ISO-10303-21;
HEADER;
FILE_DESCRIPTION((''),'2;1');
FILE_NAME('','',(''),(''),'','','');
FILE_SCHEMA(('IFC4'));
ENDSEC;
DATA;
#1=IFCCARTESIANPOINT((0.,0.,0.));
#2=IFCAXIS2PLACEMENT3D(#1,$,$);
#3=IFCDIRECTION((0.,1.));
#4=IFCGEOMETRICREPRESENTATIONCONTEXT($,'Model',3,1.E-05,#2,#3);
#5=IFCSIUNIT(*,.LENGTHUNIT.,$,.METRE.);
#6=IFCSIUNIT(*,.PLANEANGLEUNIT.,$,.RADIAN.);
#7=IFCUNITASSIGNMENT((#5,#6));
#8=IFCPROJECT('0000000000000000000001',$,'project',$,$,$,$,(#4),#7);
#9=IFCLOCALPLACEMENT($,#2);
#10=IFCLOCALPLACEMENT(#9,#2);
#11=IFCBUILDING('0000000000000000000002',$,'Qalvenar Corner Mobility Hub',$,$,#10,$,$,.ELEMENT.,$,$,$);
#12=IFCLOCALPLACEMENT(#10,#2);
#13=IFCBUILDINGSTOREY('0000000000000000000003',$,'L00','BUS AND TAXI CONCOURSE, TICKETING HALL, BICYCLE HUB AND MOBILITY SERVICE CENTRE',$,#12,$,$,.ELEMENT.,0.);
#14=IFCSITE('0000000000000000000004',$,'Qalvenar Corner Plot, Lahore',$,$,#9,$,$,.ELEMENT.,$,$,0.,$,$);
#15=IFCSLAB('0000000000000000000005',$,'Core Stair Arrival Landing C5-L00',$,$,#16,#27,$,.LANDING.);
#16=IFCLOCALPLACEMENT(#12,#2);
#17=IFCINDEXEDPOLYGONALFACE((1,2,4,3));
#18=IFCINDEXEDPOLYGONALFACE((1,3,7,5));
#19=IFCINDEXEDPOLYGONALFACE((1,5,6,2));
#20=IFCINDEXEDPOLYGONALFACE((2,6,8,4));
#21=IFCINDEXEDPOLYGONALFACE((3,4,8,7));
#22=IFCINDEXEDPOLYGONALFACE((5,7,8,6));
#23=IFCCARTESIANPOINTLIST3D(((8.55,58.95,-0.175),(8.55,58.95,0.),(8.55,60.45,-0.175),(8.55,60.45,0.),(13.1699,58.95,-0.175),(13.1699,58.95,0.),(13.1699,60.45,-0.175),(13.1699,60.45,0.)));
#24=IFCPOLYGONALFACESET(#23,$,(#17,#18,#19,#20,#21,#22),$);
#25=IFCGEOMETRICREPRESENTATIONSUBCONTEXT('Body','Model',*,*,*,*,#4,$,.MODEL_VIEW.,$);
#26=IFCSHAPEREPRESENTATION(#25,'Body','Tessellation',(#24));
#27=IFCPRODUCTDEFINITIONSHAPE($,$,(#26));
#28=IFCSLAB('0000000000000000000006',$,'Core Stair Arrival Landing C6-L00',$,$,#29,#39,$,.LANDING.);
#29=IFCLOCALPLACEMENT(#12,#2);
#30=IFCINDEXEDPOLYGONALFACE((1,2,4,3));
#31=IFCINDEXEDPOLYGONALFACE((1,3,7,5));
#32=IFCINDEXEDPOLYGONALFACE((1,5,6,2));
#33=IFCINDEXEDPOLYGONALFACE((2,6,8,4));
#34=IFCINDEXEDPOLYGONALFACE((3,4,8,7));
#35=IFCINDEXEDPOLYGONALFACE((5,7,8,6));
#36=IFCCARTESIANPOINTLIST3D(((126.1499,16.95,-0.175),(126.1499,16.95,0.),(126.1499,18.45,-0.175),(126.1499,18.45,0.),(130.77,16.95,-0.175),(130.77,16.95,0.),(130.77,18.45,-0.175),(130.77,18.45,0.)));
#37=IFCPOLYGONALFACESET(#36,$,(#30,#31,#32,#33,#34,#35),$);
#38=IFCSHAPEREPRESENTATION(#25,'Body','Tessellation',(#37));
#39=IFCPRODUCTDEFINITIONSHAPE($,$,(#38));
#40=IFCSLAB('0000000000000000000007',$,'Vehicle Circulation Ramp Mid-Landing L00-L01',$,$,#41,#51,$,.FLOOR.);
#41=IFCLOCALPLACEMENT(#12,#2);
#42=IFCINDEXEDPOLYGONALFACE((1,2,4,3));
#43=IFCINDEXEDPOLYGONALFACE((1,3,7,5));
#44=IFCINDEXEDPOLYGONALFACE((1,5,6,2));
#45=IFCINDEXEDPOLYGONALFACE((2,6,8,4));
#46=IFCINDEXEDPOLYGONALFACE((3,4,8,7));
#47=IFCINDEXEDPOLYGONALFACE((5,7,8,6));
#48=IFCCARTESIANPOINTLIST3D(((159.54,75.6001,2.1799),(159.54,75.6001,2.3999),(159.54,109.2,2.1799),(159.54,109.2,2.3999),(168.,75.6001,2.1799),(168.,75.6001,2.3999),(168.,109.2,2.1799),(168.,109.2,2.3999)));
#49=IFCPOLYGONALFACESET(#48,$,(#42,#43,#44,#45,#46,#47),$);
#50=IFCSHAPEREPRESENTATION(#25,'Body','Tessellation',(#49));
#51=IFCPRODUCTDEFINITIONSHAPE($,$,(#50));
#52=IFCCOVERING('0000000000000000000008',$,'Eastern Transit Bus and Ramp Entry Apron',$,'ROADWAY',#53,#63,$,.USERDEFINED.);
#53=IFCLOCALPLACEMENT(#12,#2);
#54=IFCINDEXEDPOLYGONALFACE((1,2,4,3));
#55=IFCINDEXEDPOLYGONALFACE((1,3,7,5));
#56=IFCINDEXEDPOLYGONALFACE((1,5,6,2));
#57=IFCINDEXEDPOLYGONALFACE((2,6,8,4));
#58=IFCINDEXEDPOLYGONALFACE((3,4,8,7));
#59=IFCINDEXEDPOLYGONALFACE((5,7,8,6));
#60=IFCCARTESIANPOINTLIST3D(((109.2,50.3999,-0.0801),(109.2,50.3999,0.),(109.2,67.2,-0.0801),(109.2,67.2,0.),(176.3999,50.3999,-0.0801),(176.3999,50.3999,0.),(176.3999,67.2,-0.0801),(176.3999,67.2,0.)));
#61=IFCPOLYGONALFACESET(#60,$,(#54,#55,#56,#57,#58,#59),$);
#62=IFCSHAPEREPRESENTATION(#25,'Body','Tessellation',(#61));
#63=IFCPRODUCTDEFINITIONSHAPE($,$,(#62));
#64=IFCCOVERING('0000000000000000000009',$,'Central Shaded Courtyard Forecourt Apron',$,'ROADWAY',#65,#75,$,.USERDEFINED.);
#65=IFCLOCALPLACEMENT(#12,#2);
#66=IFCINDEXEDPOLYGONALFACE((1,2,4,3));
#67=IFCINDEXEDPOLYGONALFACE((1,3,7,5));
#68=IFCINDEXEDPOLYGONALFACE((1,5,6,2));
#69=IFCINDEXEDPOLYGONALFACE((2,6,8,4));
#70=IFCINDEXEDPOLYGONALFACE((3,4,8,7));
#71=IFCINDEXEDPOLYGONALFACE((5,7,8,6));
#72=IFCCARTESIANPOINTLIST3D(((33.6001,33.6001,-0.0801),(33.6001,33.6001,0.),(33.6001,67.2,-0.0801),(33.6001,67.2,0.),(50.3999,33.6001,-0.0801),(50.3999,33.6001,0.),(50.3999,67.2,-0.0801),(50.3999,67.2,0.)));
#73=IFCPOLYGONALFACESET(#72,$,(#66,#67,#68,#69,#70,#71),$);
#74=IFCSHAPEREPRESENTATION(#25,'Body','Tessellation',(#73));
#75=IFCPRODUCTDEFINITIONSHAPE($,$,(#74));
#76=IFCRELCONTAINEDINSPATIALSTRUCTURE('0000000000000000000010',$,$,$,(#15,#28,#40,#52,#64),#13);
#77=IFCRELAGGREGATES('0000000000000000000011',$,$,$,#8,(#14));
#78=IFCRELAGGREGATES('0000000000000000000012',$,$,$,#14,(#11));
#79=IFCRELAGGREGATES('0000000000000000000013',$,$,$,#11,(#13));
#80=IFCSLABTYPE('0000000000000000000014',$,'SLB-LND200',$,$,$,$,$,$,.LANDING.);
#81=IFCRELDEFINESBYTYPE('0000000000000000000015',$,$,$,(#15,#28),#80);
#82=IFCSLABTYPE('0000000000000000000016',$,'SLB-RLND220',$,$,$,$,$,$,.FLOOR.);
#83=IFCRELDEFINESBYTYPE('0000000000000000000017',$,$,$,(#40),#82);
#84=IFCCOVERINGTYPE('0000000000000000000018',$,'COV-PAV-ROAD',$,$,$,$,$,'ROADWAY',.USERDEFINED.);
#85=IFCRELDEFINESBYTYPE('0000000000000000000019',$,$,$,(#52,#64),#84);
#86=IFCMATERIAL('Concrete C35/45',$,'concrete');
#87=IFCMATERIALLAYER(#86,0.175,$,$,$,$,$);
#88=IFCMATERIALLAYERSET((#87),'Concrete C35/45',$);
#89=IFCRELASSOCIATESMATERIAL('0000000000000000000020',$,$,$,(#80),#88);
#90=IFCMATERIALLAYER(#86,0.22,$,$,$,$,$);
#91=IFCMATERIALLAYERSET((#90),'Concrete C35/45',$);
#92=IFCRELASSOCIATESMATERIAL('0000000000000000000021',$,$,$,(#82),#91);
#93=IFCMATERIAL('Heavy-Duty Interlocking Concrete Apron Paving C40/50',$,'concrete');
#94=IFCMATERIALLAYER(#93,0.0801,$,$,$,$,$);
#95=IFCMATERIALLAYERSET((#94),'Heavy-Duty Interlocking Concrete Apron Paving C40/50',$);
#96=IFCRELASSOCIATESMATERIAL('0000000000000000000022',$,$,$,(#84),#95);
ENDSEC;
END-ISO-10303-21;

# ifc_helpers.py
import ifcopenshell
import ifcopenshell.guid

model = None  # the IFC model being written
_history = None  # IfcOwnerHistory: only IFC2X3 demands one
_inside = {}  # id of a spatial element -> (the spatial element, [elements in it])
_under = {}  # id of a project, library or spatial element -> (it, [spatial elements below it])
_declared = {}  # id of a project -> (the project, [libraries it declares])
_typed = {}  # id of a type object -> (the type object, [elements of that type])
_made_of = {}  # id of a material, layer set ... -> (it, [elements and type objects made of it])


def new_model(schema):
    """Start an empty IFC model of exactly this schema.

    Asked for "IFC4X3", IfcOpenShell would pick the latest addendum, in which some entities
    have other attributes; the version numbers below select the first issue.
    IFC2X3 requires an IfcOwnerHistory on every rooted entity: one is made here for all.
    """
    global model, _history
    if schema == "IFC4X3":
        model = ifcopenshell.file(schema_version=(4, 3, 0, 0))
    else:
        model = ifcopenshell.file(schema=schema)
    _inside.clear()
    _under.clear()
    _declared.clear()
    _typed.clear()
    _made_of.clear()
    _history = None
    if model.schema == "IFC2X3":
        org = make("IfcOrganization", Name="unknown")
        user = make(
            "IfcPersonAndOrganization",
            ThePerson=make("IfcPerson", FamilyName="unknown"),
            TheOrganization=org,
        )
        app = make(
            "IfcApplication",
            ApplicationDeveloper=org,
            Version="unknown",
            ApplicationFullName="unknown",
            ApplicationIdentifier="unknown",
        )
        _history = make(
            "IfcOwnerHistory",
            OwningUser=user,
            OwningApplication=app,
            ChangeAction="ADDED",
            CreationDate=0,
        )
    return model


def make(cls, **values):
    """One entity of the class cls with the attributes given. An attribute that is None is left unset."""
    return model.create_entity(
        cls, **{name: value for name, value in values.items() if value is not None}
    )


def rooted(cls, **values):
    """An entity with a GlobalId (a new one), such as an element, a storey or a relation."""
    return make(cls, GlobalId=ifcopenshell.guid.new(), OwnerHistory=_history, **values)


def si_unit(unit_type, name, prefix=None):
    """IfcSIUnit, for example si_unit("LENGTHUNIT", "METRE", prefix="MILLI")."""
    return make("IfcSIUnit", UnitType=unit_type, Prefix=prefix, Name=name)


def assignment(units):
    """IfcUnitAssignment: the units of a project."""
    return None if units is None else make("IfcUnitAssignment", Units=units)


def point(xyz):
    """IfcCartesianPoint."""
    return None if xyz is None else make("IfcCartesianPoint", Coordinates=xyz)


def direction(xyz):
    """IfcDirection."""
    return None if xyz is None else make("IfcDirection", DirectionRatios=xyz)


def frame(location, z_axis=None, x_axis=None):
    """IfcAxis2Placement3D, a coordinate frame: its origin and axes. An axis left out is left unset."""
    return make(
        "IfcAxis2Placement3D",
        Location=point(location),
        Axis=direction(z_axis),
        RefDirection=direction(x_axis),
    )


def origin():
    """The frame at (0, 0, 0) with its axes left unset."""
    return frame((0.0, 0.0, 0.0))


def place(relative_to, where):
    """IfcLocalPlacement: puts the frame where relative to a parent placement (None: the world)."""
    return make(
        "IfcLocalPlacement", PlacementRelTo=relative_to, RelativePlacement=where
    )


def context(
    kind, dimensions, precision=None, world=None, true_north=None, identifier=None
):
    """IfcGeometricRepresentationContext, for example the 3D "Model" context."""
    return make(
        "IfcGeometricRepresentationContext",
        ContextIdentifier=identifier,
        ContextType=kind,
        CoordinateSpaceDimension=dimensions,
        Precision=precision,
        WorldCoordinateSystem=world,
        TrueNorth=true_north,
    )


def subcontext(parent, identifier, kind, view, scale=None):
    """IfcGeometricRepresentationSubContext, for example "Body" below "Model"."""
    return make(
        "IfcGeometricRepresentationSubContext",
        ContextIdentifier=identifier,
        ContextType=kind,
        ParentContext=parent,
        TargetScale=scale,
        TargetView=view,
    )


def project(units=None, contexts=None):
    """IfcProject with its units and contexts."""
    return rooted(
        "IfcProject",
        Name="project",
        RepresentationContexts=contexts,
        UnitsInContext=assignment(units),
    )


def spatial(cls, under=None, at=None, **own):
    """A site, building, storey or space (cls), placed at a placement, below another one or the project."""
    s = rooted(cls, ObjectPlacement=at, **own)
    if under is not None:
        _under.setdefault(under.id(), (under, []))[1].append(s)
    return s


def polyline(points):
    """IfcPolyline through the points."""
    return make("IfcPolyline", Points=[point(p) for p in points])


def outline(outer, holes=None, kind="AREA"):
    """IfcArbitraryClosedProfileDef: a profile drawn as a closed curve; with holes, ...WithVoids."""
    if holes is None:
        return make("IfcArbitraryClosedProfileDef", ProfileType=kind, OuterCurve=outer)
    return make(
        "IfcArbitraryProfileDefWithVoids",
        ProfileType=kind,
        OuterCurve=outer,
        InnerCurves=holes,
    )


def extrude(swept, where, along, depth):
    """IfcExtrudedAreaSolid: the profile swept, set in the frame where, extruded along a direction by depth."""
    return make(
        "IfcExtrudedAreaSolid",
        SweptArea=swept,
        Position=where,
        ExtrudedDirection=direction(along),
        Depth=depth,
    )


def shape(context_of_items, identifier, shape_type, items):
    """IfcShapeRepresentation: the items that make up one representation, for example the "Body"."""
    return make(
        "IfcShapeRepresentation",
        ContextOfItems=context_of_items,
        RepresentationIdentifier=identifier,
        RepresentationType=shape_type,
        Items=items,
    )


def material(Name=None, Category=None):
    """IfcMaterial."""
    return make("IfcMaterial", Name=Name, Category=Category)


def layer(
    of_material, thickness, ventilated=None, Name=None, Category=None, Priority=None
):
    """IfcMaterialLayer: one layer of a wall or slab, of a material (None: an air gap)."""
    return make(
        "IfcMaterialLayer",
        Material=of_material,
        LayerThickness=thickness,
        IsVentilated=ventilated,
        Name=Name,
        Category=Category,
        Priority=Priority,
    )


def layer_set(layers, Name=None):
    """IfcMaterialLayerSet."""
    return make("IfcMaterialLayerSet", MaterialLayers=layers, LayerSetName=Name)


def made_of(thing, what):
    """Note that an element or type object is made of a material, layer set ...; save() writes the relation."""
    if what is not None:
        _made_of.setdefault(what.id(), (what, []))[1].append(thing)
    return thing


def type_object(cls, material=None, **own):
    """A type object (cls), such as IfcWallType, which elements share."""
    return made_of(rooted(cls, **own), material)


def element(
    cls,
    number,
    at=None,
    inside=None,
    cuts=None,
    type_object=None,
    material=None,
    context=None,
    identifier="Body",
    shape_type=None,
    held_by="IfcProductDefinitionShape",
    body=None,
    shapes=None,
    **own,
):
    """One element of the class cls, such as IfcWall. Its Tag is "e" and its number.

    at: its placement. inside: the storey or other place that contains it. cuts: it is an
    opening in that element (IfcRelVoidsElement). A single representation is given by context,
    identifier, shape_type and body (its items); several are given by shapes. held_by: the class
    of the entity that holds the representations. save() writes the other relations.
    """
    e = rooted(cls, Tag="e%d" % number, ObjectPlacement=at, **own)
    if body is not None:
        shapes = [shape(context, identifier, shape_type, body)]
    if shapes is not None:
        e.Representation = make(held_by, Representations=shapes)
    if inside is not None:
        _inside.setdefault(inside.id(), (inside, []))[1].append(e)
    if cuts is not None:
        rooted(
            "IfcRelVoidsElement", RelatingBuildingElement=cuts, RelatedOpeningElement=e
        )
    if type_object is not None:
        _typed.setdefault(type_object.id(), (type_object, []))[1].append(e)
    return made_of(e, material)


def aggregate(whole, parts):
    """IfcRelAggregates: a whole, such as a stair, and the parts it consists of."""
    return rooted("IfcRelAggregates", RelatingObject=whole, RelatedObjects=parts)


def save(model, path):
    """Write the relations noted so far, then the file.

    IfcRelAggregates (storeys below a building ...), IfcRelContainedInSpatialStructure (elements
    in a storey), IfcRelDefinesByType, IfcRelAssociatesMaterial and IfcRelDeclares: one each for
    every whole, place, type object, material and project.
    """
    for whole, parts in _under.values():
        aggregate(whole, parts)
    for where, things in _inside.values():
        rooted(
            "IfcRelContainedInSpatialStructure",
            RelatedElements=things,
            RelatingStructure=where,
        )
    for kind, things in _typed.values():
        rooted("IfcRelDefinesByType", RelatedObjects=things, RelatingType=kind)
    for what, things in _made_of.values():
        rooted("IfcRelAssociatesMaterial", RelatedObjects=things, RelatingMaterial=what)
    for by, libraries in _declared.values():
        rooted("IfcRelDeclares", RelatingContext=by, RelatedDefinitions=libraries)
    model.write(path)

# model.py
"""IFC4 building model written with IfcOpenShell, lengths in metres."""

from ifc_helpers import new_model, si_unit, direction, frame, origin, place, context, subcontext, project, spatial, polyline, outline, extrude, material, layer, layer_set, type_object, element, save


model = new_model("IFC4")

# Units and contexts
model_context = context("Model", 3, precision=1e-05, world=origin(), true_north=direction((0.0, 1.0)))
body_context = subcontext(model_context, "Body", "Model", "MODEL_VIEW")
ifc_project = project(units=[si_unit("LENGTHUNIT", "METRE"), si_unit("PLANEANGLEUNIT", "RADIAN")], contexts=[model_context])

# Site, building, storey
site_placement = place(None, origin())
site = spatial("IfcSite", under=ifc_project, at=site_placement, Name="Qalvenar Corner Plot, Lahore", CompositionType="ELEMENT", RefElevation=0.0)
building_placement = place(site_placement, origin())
building = spatial("IfcBuilding", under=site, at=building_placement, Name="Qalvenar Corner Mobility Hub", CompositionType="ELEMENT")
storey_placement = place(building_placement, origin())
storey = spatial("IfcBuildingStorey", under=building, at=storey_placement, Name="L00", Description="BUS AND TAXI CONCOURSE, TICKETING HALL, BICYCLE HUB AND MOBILITY SERVICE CENTRE", CompositionType="ELEMENT", Elevation=0.0)

# Shared definitions
ifc_material_1 = material(Name="Concrete C35/45", Category="concrete")

# Slabs
ifc_layer_1 = layer(ifc_material_1, 0.175)
ifc_layer_set_1 = layer_set([ifc_layer_1], Name="Concrete C35/45")
slab_type_1 = type_object("IfcSlabType", Name="SLB-LND200", PredefinedType="LANDING", material=ifc_layer_set_1)
slab_1_placement = place(storey_placement, frame((0.0, 0.0, -0.175)))
element("IfcSlab", 1, at=slab_1_placement, inside=storey, type_object=slab_type_1, Name="Core Stair Arrival Landing C5-L00", PredefinedType="LANDING", context=body_context, shape_type="SweptSolid", body=[
    extrude(outline(polyline([(8.55, 58.95), (13.1699, 58.95), (13.1699, 60.45), (8.55, 60.45), (8.55, 58.95)])), origin(), (0.0, 0.0, 1.0), 0.175),
])
slab_2_placement = place(storey_placement, frame((0.0, 0.0, -0.175)))
element("IfcSlab", 2, at=slab_2_placement, inside=storey, type_object=slab_type_1, Name="Core Stair Arrival Landing C6-L00", PredefinedType="LANDING", context=body_context, shape_type="SweptSolid", body=[
    extrude(outline(polyline([(126.1499, 16.95), (130.77, 16.95), (130.77, 18.45), (126.1499, 18.45), (126.1499, 16.95)])), origin(), (0.0, 0.0, 1.0), 0.175),
])
ifc_layer_2 = layer(ifc_material_1, 0.22)
ifc_layer_set_2 = layer_set([ifc_layer_2], Name="Concrete C35/45")
slab_type_2 = type_object("IfcSlabType", Name="SLB-RLND220", PredefinedType="FLOOR", material=ifc_layer_set_2)
slab_3_placement = place(storey_placement, frame((0.0, 0.0, 2.1799)))
element("IfcSlab", 3, at=slab_3_placement, inside=storey, type_object=slab_type_2, Name="Vehicle Circulation Ramp Mid-Landing L00-L01", PredefinedType="FLOOR", context=body_context, shape_type="SweptSolid", body=[
    extrude(outline(polyline([(159.54, 75.6001), (168.0, 75.6001), (168.0, 109.2), (159.54, 109.2), (159.54, 75.6001)])), origin(), (0.0, 0.0, 1.0), 0.22),
])

# Coverings
ifc_material_2 = material(Name="Heavy-Duty Interlocking Concrete Apron Paving C40/50", Category="concrete")
ifc_layer_3 = layer(ifc_material_2, 0.0801)
ifc_layer_set_3 = layer_set([ifc_layer_3], Name="Heavy-Duty Interlocking Concrete Apron Paving C40/50")
covering_type = type_object("IfcCoveringType", Name="COV-PAV-ROAD", ElementType="ROADWAY", PredefinedType="USERDEFINED", material=ifc_layer_set_3)
covering_1_placement = place(storey_placement, frame((0.0, 0.0, -0.0801)))
element("IfcCovering", 4, at=covering_1_placement, inside=storey, type_object=covering_type, Name="Eastern Transit Bus and Ramp Entry Apron", ObjectType="ROADWAY", PredefinedType="USERDEFINED", context=body_context, shape_type="SweptSolid", body=[
    extrude(outline(polyline([(109.2, 50.3999), (176.3999, 50.3999), (176.3999, 67.2), (109.2, 67.2), (109.2, 50.3999)])), origin(), (0.0, 0.0, 1.0), 0.0801),
])
covering_2_placement = place(storey_placement, frame((0.0, 0.0, -0.0801)))
element("IfcCovering", 5, at=covering_2_placement, inside=storey, type_object=covering_type, Name="Central Shaded Courtyard Forecourt Apron", ObjectType="ROADWAY", PredefinedType="USERDEFINED", context=body_context, shape_type="SweptSolid", body=[
    extrude(outline(polyline([(33.6001, 33.6001), (50.3999, 33.6001), (50.3999, 67.2), (33.6001, 67.2), (33.6001, 33.6001)])), origin(), (0.0, 0.0, 1.0), 0.0801),
])

save(model, "model.ifc")
